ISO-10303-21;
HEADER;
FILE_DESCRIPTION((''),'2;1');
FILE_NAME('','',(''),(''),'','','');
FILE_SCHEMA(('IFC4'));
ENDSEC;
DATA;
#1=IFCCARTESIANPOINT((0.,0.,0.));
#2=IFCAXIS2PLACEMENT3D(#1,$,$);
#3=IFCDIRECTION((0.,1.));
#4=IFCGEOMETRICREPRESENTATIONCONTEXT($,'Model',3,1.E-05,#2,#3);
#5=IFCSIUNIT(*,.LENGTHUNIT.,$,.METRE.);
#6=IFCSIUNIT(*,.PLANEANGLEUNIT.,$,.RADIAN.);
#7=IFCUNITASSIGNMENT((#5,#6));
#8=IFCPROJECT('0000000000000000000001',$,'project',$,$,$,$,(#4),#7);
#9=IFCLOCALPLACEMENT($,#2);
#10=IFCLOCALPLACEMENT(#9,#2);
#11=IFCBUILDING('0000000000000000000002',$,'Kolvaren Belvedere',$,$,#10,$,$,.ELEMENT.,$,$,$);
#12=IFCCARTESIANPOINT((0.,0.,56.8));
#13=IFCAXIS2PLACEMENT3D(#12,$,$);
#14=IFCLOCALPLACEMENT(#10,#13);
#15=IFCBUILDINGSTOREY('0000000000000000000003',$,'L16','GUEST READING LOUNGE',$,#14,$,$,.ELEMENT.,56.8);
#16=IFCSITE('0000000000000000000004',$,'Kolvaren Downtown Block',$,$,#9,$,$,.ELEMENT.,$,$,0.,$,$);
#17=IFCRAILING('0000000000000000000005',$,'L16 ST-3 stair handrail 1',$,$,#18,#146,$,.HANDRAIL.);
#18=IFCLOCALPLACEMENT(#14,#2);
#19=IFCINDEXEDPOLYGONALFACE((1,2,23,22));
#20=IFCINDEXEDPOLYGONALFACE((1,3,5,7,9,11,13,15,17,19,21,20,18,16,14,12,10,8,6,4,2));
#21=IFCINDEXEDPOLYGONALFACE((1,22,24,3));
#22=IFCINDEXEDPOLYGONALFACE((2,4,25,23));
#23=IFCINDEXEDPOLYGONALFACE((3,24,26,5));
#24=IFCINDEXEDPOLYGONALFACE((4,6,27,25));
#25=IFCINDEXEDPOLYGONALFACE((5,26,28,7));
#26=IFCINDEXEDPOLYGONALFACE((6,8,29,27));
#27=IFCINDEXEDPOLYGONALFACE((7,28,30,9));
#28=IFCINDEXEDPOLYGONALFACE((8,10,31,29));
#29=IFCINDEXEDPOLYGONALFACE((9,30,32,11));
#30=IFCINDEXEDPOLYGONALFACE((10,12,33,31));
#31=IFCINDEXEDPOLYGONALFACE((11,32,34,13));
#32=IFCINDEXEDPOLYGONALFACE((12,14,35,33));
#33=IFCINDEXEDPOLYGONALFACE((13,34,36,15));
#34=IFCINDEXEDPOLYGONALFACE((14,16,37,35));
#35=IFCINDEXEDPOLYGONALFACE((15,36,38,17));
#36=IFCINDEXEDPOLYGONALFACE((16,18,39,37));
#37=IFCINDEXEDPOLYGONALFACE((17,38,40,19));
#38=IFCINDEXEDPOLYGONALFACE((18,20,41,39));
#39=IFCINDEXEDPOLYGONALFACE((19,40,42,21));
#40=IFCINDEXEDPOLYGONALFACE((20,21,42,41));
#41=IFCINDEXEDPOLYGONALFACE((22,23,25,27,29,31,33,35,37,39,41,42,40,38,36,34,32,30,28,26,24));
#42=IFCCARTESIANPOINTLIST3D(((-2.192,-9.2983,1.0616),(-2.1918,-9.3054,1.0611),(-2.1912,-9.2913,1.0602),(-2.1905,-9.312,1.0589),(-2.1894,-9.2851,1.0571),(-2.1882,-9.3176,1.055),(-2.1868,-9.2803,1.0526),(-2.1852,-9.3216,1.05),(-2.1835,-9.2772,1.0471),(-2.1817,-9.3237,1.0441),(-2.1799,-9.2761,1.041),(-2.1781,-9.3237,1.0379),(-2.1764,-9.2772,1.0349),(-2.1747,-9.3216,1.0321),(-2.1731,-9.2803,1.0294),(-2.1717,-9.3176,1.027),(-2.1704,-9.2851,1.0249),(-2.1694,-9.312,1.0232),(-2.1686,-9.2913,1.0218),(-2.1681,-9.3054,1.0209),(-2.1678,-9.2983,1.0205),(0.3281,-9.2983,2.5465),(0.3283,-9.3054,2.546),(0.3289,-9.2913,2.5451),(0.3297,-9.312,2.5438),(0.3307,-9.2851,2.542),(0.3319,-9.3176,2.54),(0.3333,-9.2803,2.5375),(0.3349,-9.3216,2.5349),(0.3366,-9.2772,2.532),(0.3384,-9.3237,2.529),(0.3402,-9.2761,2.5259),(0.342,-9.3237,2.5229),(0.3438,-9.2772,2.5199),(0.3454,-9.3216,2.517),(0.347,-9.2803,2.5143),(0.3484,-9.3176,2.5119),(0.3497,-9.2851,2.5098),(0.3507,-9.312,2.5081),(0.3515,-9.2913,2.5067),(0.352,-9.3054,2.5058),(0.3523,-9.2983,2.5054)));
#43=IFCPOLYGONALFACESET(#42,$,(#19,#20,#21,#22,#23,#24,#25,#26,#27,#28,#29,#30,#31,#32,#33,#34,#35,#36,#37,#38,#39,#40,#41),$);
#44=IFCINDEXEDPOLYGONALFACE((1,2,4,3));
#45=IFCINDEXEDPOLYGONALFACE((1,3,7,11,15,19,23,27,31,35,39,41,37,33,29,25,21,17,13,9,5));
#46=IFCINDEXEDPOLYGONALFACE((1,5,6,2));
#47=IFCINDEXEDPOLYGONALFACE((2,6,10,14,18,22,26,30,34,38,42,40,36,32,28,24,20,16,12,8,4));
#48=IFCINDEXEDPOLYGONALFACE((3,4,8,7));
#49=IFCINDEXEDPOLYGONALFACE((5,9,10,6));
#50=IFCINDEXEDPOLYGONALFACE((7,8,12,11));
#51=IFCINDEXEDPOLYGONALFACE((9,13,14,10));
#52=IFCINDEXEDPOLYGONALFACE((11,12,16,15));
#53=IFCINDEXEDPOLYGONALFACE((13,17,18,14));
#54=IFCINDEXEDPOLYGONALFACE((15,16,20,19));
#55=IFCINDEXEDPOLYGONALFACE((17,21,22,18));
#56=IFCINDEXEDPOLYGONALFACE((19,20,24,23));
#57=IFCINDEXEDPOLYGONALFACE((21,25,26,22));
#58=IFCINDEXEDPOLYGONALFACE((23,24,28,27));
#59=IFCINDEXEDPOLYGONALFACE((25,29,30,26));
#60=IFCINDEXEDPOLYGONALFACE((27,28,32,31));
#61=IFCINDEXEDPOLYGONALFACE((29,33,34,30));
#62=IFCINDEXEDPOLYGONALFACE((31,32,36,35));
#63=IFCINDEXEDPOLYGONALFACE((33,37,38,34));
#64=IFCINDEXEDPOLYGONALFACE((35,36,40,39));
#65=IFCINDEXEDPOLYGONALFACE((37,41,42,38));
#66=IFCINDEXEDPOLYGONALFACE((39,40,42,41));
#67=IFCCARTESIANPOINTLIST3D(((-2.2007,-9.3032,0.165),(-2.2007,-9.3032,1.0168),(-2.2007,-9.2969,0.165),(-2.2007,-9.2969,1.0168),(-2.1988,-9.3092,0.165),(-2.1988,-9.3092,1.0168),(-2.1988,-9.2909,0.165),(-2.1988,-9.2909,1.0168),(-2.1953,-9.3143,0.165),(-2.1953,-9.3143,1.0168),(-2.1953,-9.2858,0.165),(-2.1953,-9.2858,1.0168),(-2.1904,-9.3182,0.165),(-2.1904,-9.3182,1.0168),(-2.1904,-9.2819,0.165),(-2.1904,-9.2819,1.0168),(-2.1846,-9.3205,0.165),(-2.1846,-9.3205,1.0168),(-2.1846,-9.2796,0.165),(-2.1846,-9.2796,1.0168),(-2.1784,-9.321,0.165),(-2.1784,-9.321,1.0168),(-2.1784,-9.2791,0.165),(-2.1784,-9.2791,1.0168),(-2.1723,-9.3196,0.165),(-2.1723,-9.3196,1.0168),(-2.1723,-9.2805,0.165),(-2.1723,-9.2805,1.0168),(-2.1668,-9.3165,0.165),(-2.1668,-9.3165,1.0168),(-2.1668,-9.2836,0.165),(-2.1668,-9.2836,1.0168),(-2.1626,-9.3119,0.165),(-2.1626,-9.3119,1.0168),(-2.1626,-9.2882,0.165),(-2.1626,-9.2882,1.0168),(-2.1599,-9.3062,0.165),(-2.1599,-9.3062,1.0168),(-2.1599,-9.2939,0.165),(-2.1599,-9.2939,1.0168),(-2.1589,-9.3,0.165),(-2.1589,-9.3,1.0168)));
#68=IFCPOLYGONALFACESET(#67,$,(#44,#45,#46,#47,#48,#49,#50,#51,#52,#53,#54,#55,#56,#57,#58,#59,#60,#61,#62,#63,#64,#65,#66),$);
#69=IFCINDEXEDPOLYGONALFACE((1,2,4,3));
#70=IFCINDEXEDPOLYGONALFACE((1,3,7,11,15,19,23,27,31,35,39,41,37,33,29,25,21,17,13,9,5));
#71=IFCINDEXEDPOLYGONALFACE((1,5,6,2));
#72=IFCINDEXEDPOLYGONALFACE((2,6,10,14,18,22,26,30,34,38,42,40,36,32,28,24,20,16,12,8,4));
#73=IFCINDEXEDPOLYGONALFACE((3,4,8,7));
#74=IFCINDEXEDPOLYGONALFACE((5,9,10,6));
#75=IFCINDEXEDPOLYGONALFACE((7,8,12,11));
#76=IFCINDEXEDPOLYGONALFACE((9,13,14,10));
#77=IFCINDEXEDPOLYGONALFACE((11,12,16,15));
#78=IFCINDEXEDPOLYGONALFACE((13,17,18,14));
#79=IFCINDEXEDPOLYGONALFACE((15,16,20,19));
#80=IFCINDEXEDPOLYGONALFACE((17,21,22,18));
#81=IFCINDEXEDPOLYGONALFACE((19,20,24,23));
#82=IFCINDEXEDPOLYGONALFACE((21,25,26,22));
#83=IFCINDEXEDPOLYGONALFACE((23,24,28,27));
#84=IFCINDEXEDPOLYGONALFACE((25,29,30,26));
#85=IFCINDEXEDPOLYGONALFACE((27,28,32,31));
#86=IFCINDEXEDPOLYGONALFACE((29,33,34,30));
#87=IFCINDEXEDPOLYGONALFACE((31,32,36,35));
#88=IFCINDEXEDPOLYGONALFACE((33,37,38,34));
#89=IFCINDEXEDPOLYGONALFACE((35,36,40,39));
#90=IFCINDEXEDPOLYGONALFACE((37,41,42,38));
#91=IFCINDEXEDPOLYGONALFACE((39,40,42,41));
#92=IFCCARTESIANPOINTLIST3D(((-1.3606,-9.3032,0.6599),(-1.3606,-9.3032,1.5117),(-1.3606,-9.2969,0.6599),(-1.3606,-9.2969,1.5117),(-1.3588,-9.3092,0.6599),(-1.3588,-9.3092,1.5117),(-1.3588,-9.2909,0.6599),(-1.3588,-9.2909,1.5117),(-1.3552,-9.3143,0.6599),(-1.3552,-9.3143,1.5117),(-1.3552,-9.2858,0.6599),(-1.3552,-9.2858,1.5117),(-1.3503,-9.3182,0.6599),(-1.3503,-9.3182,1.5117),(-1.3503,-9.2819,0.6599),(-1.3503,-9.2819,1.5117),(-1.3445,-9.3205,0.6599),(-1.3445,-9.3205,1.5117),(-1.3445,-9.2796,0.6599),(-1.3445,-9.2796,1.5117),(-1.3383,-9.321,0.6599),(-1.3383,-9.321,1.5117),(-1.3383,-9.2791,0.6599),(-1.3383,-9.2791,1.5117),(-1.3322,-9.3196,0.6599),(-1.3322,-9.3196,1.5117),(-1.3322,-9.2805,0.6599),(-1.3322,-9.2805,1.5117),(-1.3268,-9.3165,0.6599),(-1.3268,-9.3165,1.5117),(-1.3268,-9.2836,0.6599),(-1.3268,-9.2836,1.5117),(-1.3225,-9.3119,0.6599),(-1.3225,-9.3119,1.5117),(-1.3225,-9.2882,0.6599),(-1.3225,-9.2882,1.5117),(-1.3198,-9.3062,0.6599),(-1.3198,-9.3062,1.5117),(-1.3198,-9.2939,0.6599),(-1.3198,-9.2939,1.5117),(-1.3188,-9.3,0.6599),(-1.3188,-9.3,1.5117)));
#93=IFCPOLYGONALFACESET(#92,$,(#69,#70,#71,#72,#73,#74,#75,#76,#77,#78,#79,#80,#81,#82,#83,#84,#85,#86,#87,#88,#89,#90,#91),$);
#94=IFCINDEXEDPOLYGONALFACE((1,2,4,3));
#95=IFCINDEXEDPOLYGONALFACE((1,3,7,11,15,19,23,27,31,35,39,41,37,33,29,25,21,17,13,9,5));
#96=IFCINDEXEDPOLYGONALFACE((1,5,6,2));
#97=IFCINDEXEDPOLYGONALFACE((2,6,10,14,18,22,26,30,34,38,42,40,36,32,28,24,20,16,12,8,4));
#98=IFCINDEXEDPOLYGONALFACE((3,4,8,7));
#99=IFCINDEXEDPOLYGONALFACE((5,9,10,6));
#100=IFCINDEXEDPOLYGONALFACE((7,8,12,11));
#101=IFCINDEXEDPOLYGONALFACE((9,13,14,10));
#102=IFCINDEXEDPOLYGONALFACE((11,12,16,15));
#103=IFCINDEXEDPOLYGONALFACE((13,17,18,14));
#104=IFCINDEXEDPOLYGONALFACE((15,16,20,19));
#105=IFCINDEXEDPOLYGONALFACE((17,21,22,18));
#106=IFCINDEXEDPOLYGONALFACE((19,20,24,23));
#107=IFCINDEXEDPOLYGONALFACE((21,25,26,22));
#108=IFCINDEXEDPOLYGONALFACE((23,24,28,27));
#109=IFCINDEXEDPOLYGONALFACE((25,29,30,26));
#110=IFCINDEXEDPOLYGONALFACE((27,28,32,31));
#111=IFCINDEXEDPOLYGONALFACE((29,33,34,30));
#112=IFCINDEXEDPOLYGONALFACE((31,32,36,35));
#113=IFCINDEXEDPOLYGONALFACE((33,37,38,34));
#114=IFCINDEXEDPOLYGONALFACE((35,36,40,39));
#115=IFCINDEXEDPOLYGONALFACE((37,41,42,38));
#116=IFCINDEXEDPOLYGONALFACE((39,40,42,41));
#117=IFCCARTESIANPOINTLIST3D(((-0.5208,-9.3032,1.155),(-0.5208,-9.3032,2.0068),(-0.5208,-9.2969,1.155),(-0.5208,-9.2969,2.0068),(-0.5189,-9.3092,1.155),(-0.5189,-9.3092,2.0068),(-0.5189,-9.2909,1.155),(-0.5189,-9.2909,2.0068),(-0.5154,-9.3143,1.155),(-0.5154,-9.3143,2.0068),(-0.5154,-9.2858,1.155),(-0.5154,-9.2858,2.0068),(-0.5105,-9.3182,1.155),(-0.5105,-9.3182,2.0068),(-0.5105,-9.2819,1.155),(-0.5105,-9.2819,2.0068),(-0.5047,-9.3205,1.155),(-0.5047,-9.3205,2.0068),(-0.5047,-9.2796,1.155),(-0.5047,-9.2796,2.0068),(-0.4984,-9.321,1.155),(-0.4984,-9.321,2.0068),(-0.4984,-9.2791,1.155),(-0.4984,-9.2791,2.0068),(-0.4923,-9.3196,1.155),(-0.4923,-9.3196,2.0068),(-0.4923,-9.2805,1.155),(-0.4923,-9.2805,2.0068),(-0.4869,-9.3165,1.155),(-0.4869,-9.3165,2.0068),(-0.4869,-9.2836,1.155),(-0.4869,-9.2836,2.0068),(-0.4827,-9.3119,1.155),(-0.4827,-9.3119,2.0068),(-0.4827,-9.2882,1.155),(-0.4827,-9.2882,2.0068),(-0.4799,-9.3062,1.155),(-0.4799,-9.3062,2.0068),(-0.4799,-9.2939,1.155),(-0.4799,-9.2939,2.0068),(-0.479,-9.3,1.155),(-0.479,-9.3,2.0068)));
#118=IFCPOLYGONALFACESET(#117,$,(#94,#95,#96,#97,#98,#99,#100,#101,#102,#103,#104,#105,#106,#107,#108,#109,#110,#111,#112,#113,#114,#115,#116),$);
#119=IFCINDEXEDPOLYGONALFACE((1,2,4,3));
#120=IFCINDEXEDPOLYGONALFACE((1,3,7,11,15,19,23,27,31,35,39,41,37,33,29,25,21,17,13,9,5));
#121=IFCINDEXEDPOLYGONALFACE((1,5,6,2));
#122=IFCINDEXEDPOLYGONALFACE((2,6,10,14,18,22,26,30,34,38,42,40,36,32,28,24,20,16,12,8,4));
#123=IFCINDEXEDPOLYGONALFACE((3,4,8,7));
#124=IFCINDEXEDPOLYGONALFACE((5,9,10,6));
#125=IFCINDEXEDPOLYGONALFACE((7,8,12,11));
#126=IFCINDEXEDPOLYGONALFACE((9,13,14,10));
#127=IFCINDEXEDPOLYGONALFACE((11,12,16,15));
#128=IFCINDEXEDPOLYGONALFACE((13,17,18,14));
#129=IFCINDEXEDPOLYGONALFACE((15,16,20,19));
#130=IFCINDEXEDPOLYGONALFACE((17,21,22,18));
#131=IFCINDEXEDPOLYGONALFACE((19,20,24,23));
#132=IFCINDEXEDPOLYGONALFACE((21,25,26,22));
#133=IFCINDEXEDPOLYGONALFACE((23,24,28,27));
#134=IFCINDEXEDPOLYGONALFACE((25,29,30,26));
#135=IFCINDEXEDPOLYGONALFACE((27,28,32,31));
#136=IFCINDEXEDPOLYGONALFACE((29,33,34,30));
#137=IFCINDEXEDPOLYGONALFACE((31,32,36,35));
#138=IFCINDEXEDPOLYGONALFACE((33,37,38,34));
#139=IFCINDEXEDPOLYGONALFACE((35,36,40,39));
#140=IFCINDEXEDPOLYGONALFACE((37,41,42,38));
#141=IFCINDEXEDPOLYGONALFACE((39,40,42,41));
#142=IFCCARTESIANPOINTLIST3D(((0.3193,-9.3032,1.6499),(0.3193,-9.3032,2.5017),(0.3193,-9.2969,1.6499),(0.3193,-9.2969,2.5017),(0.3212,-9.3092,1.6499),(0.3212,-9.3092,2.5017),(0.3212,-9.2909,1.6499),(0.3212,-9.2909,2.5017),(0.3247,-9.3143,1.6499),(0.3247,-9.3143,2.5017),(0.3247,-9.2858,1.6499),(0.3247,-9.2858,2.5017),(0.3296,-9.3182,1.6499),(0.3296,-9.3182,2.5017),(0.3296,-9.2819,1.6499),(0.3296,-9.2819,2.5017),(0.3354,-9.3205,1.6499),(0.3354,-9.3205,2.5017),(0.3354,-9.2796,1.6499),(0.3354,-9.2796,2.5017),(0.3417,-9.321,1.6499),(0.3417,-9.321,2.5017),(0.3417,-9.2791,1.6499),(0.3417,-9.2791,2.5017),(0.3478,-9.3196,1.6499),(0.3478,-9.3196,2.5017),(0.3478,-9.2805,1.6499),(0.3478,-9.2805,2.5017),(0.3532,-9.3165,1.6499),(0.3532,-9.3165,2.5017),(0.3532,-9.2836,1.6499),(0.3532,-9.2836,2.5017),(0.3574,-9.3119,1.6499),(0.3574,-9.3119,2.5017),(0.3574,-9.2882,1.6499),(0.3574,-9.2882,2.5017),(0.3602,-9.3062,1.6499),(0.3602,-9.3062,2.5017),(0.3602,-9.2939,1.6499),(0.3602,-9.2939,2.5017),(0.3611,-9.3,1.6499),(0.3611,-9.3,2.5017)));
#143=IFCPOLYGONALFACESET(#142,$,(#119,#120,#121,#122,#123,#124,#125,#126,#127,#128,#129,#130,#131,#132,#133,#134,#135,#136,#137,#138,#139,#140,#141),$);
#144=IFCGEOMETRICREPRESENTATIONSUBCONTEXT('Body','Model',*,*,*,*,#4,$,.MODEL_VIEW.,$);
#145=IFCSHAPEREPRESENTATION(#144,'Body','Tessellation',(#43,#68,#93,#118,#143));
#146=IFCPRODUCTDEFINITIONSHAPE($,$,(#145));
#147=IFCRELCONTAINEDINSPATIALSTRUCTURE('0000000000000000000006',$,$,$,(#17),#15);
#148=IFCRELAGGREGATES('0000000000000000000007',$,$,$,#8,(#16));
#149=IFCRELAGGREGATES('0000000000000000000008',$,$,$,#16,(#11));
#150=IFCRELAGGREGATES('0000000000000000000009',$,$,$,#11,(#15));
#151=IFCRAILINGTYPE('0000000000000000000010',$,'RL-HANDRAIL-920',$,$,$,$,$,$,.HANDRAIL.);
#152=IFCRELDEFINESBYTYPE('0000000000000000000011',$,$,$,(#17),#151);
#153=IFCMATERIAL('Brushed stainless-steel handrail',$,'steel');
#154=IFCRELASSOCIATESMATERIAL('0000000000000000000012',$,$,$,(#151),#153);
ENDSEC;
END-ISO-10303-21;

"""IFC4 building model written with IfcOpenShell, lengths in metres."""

from ifc_helpers import new_model, si_unit, direction, frame, origin, origin_2d, place, context, subcontext, project, spatial, circle, extrude, material, type_object, element, save


model = new_model("IFC4")

# Units and contexts
model_context = context("Model", 3, precision=1e-05, world=origin(), true_north=direction((0.0, 1.0)))
body_context = subcontext(model_context, "Body", "Model", "MODEL_VIEW")
ifc_project = project(units=[si_unit("LENGTHUNIT", "METRE"), si_unit("PLANEANGLEUNIT", "RADIAN")], contexts=[model_context])

# Site, building, storey
site_placement = place(None, origin())
site = spatial("IfcSite", under=ifc_project, at=site_placement, Name="Kolvaren Downtown Block", CompositionType="ELEMENT", RefElevation=0.0)
building_placement = place(site_placement, origin())
building = spatial("IfcBuilding", under=site, at=building_placement, Name="Kolvaren Belvedere", CompositionType="ELEMENT")
storey_placement = place(building_placement, frame((0.0, 0.0, 56.8)))
storey = spatial("IfcBuildingStorey", under=building, at=storey_placement, Name="L16", Description="GUEST READING LOUNGE", CompositionType="ELEMENT", Elevation=56.8)

# Railing
ifc_material_1 = material(Name="Brushed stainless-steel handrail", Category="steel")
railing_type_1 = type_object("IfcRailingType", Name="RL-HANDRAIL-920", PredefinedType="HANDRAIL", material=ifc_material_1)
railing_1_placement = place(storey_placement, frame((-2.1799, -9.3, 0.165)))
element("IfcRailing", 1, at=railing_1_placement, inside=storey, type_object=railing_type_1, Name="L16 ST-3 stair handrail 1", PredefinedType="HANDRAIL", context=body_context, shape_type="SweptSolid", body=[
    extrude(circle(Radius=0.0239, at=origin_2d()), frame((0.0, 0.0, 0.876), z_axis=(0.861561, 0.0, 0.507655), x_axis=(0.0, 1.0, 0.0)), (0.0, 0.0, 1.0), 2.925),
    extrude(circle(Radius=0.021, at=origin_2d()), origin(), (0.0, 0.0, 1.0), 0.8518),
    extrude(circle(Radius=0.021, at=origin_2d()), frame((0.8401, 0.0, 0.4949)), (0.0, 0.0, 1.0), 0.8518),
    extrude(circle(Radius=0.021, at=origin_2d()), frame((1.6799, 0.0, 0.99)), (0.0, 0.0, 1.0), 0.8518),
    extrude(circle(Radius=0.021, at=origin_2d()), frame((2.52, 0.0, 1.4849)), (0.0, 0.0, 1.0), 0.8518),
])

save(model, "model.ifc")
